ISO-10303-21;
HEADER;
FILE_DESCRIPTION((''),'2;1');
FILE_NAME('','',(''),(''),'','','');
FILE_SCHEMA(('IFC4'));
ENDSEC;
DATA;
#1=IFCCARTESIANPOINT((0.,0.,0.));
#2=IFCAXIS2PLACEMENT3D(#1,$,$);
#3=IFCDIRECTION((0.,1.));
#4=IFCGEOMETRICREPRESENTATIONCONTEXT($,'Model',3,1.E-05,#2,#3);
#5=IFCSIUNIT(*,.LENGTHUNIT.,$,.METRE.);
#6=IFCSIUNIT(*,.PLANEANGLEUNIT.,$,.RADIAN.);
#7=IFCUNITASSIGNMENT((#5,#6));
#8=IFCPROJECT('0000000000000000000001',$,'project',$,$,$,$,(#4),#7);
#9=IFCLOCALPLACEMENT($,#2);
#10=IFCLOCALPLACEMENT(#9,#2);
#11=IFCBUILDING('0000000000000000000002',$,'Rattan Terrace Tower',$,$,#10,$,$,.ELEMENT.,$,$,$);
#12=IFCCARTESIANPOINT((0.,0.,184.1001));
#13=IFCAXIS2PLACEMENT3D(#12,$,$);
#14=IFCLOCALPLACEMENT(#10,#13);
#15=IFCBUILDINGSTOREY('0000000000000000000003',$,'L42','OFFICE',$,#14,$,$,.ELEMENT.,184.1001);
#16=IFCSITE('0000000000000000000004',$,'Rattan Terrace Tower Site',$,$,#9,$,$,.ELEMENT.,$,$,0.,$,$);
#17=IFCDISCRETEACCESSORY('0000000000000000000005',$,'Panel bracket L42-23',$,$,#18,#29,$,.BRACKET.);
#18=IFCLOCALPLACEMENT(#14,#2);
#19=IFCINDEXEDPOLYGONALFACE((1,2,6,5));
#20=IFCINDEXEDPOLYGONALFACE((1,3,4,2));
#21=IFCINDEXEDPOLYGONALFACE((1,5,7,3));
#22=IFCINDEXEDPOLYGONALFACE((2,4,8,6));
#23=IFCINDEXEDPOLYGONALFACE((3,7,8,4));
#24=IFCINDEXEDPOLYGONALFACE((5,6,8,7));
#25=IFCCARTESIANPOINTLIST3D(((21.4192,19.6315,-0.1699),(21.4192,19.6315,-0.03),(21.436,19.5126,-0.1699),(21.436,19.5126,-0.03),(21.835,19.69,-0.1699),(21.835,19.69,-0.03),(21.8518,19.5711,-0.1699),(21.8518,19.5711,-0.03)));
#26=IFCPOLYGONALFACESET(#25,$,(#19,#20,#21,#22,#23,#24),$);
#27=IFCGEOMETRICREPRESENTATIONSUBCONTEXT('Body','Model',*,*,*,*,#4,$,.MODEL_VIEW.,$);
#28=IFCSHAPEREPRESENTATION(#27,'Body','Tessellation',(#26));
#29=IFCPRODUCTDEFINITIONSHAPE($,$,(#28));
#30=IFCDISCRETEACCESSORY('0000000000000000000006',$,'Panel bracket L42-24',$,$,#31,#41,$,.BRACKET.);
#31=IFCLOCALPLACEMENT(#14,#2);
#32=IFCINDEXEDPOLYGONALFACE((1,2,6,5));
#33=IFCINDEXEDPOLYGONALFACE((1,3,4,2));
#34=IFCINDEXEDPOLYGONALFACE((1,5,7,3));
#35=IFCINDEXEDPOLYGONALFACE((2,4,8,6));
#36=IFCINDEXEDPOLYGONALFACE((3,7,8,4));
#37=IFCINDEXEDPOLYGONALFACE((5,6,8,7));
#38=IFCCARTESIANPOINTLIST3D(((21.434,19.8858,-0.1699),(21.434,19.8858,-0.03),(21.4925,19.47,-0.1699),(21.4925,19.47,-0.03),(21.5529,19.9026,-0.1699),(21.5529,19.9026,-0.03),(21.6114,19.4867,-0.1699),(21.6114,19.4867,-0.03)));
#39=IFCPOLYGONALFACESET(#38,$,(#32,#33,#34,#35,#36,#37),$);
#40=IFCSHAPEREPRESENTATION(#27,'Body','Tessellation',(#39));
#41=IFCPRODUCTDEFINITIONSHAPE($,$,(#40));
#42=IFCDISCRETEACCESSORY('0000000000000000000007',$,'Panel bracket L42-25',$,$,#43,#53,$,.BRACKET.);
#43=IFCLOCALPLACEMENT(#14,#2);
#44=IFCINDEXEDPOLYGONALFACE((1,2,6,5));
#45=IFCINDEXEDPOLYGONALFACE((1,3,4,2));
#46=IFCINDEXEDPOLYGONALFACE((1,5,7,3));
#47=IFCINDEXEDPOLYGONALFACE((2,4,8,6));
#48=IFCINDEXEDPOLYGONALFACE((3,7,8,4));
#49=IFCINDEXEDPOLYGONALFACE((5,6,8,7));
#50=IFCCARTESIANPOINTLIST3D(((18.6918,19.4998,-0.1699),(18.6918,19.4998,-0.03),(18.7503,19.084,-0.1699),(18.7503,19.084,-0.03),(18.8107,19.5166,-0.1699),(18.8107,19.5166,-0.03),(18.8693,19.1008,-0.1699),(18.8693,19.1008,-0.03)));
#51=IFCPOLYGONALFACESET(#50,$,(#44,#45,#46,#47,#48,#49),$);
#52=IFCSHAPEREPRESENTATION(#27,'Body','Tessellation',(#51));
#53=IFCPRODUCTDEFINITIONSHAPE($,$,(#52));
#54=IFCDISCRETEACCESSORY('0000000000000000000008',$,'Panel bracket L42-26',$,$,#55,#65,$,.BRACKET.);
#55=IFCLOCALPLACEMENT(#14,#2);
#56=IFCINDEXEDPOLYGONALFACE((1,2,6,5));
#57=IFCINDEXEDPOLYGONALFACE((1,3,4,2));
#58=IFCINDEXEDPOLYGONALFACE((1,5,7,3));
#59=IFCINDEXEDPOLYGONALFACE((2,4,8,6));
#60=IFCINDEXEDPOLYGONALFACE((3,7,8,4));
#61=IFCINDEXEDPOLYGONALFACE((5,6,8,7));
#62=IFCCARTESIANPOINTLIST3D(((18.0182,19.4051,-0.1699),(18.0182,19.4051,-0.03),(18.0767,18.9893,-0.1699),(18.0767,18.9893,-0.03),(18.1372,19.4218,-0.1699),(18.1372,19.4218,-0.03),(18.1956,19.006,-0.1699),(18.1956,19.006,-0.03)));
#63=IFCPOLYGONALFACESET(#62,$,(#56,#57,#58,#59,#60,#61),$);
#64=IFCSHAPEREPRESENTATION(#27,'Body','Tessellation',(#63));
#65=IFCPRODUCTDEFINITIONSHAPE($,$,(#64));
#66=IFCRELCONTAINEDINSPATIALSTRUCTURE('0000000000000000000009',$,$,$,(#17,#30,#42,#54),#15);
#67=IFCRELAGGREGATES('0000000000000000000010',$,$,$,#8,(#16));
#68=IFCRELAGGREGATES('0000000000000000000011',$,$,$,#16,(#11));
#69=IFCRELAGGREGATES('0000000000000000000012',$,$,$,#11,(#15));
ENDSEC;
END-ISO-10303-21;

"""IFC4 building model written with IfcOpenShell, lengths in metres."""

from ifc_helpers import new_model, si_unit, direction, frame, origin, origin_2d, place, context, subcontext, project, spatial, rectangle, extrude, element, save


model = new_model("IFC4")

# Units and contexts
model_context = context("Model", 3, precision=1e-05, world=origin(), true_north=direction((0.0, 1.0)))
body_context = subcontext(model_context, "Body", "Model", "MODEL_VIEW")
ifc_project = project(units=[si_unit("LENGTHUNIT", "METRE"), si_unit("PLANEANGLEUNIT", "RADIAN")], contexts=[model_context])

# Site, building, storey
site_placement = place(None, origin())
site = spatial("IfcSite", under=ifc_project, at=site_placement, Name="Rattan Terrace Tower Site", CompositionType="ELEMENT", RefElevation=0.0)
building_placement = place(site_placement, origin())
building = spatial("IfcBuilding", under=site, at=building_placement, Name="Rattan Terrace Tower", CompositionType="ELEMENT")
storey_placement = place(building_placement, frame((0.0, 0.0, 184.1001)))
storey = spatial("IfcBuildingStorey", under=building, at=storey_placement, Name="L42", Description="OFFICE", CompositionType="ELEMENT", Elevation=184.1001)

# Discrete accessories
for number, where, z_axis, x_axis, name in (
    (1, (21.6355, 19.6013, -0.1699), (0.0, 0.0, 1.0), (-0.139321, 0.990247, 0.0), "Panel bracket L42-23"),
    (2, (21.5227, 19.6863, -0.1699), (0.0, 0.0, 1.0), (-0.990241, -0.139367, 0.0), "Panel bracket L42-24"),
    (3, (18.7805, 19.3003, -0.1699), (0.0, 0.0, 1.0), (-0.990241, -0.139367, 0.0), "Panel bracket L42-25"),
    (4, (18.1069, 19.2056, -0.1699), (0.0, 0.0, 1.0), (-0.99027, -0.139161, 0.0), "Panel bracket L42-26"),
):
    element("IfcDiscreteAccessory", number, at=place(storey_placement, frame(where, z_axis=z_axis, x_axis=x_axis)), inside=storey, Name=name, PredefinedType="BRACKET", context=body_context, shape_type="SweptSolid", body=[
        extrude(rectangle(XDim=0.1201, YDim=0.4199, at=origin_2d()), origin(), (0.0, 0.0, 1.0), 0.1399),
    ])

save(model, "model.ifc")
